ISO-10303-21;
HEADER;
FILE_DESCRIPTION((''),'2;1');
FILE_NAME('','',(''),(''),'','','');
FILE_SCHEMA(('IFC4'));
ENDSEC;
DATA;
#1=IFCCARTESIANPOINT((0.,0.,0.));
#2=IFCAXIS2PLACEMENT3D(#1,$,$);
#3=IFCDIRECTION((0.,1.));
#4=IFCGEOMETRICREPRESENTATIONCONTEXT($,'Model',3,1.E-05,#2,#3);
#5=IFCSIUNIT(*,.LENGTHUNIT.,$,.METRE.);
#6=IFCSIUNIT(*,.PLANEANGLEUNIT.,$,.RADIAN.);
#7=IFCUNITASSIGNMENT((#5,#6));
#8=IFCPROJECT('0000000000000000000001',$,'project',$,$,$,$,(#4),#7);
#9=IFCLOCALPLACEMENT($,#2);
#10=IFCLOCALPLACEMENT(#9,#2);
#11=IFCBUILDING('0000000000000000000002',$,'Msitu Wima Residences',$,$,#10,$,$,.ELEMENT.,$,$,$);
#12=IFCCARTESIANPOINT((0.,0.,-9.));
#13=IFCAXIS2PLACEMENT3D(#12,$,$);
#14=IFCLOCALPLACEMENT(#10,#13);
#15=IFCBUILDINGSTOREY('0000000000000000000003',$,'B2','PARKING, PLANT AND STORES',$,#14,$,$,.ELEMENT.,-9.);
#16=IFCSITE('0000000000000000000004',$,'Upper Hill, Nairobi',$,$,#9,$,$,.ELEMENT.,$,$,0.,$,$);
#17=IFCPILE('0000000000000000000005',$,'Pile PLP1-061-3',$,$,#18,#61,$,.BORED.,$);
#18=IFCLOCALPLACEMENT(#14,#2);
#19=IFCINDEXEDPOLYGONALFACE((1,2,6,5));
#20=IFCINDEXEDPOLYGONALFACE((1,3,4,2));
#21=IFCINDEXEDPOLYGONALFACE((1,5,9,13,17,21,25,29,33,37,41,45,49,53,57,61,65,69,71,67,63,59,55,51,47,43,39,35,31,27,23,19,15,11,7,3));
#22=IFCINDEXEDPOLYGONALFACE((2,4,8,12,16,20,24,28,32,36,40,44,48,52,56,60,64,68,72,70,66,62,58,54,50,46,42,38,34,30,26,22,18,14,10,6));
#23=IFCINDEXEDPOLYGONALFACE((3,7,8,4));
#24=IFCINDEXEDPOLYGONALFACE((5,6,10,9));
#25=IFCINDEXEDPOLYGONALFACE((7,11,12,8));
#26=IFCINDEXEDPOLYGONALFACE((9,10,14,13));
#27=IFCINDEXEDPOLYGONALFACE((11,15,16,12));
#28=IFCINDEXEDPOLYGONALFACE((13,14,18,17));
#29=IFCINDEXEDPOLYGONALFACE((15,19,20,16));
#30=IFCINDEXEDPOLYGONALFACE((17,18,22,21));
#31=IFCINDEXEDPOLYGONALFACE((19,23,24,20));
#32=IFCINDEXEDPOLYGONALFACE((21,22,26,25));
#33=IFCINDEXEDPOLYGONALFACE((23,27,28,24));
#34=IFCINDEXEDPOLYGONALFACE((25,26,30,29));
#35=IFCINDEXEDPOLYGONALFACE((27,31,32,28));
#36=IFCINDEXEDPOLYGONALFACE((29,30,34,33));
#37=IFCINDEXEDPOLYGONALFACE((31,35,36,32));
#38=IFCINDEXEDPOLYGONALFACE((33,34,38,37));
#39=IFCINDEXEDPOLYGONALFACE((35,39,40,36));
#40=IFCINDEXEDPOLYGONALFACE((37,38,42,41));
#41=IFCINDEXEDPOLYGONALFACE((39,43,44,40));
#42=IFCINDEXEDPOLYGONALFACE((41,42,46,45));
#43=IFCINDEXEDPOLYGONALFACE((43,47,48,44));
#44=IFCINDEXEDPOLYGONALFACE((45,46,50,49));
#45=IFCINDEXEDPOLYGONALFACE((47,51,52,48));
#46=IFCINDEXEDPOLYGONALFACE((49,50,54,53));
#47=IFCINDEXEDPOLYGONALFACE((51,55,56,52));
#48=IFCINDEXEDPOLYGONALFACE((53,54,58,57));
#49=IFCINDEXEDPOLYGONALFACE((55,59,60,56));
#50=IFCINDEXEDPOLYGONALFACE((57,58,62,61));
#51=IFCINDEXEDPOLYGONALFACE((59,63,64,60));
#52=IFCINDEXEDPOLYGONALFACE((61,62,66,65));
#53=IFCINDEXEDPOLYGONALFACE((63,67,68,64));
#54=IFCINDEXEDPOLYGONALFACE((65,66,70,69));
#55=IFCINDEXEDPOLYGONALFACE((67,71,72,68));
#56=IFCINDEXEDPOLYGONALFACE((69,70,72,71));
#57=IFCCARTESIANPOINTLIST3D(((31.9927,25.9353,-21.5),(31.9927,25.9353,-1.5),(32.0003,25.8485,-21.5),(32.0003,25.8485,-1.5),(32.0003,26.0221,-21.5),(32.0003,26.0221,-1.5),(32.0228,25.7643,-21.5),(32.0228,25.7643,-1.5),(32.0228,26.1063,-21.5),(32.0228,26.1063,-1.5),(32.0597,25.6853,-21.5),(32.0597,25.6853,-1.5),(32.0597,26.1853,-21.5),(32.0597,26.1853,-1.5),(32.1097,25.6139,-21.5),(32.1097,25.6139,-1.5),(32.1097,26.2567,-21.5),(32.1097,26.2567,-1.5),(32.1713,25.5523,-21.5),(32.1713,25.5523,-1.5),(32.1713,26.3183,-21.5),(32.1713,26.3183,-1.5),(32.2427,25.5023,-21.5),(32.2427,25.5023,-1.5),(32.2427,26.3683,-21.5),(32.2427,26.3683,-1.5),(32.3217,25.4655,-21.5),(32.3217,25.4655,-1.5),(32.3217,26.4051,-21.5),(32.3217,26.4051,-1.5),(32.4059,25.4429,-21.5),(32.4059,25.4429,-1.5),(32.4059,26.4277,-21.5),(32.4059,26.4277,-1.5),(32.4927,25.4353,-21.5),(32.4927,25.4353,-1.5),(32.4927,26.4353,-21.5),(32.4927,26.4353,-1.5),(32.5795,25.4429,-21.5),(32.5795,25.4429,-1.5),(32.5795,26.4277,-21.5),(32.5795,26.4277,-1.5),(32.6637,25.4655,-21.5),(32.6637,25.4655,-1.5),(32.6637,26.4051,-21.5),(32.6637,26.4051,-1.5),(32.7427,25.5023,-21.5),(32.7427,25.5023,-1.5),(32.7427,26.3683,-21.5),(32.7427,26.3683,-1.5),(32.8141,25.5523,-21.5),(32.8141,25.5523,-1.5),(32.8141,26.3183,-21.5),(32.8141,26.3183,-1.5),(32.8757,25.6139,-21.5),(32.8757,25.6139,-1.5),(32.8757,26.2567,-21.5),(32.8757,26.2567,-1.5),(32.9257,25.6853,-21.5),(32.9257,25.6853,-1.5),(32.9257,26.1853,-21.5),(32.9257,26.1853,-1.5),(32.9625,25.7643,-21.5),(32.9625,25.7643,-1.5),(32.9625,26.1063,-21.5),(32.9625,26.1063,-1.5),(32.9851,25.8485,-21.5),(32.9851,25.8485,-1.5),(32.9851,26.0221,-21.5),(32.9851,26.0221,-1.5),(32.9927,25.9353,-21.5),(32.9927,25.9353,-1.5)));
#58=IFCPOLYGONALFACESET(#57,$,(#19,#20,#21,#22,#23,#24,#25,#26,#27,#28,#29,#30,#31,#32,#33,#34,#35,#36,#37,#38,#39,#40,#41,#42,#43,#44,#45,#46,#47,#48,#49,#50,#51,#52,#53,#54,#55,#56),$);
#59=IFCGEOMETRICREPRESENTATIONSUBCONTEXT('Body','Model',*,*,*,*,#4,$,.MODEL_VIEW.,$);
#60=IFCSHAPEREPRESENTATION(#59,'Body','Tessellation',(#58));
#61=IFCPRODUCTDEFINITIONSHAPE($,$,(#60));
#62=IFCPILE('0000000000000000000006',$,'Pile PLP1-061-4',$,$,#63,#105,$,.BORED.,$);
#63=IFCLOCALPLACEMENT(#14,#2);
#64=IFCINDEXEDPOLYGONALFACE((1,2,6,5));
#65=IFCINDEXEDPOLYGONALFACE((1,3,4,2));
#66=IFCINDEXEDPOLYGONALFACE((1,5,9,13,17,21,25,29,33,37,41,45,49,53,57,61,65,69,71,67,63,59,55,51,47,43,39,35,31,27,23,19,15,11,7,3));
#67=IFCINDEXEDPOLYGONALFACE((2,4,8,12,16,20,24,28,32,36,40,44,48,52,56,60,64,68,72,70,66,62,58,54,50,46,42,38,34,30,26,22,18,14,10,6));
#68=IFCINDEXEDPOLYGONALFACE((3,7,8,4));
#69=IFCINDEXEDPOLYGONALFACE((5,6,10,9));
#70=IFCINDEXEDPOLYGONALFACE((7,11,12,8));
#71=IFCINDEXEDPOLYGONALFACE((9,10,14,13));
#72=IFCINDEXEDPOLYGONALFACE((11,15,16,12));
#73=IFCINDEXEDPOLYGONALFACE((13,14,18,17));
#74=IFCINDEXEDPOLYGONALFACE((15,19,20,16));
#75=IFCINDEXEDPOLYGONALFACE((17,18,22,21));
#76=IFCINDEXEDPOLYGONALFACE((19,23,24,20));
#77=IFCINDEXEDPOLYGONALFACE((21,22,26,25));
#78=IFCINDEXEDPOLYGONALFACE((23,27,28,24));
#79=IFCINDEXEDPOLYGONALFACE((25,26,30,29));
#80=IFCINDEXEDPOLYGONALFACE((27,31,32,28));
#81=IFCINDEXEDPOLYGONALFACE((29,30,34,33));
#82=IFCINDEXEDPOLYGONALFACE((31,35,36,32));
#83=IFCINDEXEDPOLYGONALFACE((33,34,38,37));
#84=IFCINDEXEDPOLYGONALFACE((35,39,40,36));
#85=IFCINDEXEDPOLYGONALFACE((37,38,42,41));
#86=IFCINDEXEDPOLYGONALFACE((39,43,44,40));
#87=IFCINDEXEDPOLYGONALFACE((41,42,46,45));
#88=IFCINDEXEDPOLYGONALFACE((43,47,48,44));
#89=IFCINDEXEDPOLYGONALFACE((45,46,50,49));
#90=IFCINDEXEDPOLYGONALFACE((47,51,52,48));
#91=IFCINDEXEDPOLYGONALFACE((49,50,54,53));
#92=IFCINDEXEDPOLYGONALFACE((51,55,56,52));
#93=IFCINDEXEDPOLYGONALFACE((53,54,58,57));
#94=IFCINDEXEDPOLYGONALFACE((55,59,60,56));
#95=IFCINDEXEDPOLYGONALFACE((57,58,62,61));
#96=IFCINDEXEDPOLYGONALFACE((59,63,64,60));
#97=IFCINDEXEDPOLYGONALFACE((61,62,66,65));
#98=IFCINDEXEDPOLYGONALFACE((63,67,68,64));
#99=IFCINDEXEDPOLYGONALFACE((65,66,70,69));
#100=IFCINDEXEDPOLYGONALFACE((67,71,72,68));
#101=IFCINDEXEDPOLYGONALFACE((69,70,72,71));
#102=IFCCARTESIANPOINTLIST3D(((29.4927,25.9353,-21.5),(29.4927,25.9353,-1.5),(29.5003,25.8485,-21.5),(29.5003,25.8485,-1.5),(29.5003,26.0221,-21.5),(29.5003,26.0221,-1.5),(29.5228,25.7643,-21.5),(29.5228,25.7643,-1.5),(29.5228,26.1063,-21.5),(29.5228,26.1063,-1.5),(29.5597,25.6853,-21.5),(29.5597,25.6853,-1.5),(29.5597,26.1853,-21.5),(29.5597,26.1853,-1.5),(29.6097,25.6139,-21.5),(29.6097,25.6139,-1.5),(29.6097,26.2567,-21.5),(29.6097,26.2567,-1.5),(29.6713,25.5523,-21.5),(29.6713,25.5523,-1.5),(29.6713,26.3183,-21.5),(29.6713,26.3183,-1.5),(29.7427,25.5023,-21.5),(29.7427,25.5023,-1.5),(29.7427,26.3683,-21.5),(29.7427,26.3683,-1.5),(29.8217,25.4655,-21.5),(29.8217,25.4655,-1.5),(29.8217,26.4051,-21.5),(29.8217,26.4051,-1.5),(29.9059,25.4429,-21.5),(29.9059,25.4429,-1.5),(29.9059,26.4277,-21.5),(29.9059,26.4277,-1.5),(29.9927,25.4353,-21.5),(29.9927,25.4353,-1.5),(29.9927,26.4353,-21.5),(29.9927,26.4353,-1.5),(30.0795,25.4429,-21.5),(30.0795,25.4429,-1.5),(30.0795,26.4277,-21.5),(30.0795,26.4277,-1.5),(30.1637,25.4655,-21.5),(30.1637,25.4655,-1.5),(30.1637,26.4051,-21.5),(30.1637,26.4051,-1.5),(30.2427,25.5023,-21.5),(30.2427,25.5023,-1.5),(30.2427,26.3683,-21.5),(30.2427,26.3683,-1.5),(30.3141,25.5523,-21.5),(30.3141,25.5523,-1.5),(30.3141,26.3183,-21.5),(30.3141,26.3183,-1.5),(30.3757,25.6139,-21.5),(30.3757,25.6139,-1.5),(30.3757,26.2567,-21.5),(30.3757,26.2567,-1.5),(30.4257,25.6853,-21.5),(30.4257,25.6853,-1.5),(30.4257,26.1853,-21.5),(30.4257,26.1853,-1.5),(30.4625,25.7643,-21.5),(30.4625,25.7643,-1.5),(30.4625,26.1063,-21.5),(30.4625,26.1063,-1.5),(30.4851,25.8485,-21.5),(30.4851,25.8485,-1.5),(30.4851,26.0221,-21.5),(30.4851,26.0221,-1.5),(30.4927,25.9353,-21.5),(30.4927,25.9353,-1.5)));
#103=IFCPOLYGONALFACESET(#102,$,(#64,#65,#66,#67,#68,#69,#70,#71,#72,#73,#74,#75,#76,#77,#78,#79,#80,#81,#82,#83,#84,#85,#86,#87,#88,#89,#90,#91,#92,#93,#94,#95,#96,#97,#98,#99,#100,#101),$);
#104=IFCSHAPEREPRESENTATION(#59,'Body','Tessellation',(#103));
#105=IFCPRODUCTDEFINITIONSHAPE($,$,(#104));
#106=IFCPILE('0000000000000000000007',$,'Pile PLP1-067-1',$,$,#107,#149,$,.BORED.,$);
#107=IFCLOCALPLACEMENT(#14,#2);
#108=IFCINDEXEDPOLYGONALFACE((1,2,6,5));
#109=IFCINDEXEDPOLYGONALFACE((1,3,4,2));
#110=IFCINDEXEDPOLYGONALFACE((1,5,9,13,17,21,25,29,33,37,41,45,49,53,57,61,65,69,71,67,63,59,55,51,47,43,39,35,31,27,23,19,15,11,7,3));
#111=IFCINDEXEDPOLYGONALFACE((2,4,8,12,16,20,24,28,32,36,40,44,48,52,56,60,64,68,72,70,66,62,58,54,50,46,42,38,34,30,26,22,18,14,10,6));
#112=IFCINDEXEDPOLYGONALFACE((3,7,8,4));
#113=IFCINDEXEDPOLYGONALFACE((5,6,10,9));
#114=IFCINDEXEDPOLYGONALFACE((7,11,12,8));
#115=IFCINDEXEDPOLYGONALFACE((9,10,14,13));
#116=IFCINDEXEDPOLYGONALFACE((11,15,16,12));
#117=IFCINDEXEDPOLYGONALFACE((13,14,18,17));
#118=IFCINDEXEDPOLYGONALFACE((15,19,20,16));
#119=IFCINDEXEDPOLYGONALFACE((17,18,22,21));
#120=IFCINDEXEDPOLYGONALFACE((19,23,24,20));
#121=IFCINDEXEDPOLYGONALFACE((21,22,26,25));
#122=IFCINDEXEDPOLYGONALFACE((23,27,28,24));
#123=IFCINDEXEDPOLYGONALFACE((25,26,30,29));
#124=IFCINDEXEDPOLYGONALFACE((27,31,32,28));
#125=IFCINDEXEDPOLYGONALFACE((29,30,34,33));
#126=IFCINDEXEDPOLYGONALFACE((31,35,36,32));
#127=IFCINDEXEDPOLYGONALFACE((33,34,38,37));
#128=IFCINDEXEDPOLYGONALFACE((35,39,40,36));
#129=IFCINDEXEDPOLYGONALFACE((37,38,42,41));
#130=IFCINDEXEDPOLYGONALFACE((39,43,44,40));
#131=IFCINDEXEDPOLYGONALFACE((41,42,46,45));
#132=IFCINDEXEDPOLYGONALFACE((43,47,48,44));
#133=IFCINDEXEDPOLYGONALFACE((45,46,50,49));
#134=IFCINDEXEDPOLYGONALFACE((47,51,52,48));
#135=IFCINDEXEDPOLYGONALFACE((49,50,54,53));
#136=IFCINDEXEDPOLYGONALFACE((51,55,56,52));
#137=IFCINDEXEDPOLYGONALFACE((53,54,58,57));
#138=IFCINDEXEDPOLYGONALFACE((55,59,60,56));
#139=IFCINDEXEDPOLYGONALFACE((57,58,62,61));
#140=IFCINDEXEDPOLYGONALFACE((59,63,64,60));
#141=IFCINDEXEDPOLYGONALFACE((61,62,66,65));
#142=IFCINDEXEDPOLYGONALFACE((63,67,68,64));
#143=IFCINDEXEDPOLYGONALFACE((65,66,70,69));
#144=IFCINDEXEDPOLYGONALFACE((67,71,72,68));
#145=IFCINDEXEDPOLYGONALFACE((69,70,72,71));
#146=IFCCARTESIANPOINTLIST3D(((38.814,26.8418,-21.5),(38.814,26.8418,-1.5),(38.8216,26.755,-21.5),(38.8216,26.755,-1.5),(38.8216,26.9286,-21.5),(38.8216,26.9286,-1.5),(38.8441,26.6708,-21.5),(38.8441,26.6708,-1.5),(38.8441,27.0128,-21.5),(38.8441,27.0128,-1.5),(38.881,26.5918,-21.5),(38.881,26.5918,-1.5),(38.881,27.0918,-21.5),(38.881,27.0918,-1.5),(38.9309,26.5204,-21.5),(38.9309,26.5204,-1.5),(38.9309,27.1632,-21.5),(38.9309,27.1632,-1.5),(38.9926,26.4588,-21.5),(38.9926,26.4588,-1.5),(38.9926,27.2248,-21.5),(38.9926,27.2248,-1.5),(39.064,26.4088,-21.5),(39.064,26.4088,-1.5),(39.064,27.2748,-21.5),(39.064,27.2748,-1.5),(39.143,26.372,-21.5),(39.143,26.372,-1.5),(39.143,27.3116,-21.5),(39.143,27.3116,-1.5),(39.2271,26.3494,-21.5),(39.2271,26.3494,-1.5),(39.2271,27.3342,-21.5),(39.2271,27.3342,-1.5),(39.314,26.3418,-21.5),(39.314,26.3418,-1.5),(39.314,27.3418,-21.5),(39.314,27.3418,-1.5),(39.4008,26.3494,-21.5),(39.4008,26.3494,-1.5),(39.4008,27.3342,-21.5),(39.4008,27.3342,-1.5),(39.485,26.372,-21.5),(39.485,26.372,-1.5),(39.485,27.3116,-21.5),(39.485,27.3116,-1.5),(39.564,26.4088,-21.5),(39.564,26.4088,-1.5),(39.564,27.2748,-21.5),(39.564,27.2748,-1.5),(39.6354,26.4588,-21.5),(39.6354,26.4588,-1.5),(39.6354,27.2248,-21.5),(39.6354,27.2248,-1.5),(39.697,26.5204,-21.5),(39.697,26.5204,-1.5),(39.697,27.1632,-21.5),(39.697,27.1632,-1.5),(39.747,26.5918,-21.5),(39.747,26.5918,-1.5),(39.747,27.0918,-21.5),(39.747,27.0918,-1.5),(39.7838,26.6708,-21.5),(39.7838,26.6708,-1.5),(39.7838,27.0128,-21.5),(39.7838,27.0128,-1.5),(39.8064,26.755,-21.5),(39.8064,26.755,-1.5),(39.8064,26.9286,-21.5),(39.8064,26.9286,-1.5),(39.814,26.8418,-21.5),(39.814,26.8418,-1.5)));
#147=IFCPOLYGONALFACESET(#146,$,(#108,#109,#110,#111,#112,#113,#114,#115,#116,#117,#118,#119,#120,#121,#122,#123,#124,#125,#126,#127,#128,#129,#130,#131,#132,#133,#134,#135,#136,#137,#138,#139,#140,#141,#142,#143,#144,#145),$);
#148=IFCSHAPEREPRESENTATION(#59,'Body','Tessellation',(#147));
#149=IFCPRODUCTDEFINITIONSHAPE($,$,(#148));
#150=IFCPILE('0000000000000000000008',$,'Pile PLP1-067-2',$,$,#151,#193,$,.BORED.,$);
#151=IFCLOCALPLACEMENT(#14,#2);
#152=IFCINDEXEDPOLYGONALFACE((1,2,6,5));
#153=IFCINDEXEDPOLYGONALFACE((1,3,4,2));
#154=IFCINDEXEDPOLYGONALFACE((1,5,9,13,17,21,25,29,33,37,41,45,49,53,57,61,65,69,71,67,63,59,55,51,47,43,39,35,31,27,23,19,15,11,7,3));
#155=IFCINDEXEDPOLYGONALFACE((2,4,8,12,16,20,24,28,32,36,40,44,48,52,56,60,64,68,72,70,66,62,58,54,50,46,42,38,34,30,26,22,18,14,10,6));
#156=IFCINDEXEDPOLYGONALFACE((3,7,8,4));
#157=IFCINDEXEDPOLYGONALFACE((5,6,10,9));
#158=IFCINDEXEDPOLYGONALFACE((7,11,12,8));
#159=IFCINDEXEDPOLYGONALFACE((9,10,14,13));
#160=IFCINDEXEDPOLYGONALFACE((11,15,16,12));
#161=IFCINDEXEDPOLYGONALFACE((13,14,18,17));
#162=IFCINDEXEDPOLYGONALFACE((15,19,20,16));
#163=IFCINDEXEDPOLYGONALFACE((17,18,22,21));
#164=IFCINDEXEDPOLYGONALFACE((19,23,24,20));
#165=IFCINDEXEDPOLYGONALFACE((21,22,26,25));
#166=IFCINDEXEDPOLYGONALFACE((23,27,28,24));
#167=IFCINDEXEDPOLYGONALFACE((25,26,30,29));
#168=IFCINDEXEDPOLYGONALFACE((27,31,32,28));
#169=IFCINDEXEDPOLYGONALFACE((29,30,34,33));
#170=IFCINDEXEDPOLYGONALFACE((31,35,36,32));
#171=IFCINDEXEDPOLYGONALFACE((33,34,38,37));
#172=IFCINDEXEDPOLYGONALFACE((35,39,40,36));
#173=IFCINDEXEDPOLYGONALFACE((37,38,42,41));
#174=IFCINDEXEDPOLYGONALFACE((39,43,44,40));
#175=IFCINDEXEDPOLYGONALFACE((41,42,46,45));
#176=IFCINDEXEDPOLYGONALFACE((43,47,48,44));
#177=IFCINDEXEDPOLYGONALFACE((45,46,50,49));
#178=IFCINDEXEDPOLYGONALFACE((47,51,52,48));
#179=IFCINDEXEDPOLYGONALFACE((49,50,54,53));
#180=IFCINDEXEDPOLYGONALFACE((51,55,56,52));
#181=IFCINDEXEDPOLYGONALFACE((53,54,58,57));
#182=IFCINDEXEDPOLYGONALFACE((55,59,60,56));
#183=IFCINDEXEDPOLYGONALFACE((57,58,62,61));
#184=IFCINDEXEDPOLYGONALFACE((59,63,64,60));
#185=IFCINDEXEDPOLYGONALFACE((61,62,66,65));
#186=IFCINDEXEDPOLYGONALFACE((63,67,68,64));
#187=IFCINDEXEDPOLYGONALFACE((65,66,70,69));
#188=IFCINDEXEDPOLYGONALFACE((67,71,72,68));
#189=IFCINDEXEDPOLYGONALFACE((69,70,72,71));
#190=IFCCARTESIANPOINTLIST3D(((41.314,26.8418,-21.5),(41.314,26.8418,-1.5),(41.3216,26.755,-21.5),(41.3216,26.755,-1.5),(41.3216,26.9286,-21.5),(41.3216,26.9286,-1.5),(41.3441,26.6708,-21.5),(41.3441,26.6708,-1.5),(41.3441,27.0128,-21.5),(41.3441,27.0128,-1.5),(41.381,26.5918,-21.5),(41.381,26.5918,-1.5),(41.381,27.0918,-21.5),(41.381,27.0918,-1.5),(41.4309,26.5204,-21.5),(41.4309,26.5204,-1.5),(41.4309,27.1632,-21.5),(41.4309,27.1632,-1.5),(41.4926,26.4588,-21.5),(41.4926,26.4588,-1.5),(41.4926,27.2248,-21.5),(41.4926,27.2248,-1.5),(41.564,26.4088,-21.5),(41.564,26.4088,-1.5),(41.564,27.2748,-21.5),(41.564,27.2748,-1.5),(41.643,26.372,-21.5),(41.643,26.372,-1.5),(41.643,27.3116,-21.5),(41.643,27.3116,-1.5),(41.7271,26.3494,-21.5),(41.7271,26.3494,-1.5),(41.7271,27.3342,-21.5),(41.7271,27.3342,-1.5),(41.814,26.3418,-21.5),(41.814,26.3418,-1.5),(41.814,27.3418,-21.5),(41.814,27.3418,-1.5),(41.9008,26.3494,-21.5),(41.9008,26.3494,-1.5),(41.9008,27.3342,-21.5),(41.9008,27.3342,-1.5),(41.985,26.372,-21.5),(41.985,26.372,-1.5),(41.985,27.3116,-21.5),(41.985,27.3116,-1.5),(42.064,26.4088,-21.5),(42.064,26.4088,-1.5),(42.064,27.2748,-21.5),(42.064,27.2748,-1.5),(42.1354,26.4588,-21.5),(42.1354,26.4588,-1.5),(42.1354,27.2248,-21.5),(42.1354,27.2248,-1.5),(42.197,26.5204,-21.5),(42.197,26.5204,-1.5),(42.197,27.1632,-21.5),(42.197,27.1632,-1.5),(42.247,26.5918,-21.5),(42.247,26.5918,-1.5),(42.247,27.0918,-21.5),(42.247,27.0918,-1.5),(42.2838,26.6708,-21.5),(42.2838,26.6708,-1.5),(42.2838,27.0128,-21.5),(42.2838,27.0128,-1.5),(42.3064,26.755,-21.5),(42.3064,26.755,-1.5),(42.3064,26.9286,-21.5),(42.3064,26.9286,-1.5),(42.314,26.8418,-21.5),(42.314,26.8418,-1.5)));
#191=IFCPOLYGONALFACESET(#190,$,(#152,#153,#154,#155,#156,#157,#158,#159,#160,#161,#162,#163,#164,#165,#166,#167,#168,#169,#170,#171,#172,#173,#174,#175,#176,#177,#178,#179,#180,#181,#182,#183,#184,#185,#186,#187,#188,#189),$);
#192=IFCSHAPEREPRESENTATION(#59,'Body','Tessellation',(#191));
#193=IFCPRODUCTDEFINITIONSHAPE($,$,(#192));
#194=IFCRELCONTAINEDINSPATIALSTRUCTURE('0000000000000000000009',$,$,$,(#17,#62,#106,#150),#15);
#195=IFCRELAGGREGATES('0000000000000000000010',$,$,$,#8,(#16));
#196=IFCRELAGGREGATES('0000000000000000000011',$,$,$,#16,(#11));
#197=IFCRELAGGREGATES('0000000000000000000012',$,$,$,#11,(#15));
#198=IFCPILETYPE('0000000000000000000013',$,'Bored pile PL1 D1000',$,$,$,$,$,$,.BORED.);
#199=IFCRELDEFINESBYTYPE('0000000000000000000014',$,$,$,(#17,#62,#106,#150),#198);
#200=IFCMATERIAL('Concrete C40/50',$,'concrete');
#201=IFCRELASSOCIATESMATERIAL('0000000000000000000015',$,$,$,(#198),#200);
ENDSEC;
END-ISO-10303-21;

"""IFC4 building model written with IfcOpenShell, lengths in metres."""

from ifc_helpers import new_model, si_unit, direction, frame, origin, origin_2d, place, context, subcontext, project, spatial, circle, extrude, material, type_object, element, save


model = new_model("IFC4")

# Units and contexts
model_context = context("Model", 3, precision=1e-05, world=origin(), true_north=direction((0.0, 1.0)))
body_context = subcontext(model_context, "Body", "Model", "MODEL_VIEW")
ifc_project = project(units=[si_unit("LENGTHUNIT", "METRE"), si_unit("PLANEANGLEUNIT", "RADIAN")], contexts=[model_context])

# Site, building, storey
site_placement = place(None, origin())
site = spatial("IfcSite", under=ifc_project, at=site_placement, Name="Upper Hill, Nairobi", CompositionType="ELEMENT", RefElevation=0.0)
building_placement = place(site_placement, origin())
building = spatial("IfcBuilding", under=site, at=building_placement, Name="Msitu Wima Residences", CompositionType="ELEMENT")
storey_placement = place(building_placement, frame((0.0, 0.0, -9.0)))
storey = spatial("IfcBuildingStorey", under=building, at=storey_placement, Name="B2", Description="PARKING, PLANT AND STORES", CompositionType="ELEMENT", Elevation=-9.0)

# Piles
ifc_material_1 = material(Name="Concrete C40/50", Category="concrete")
pile_type = type_object("IfcPileType", Name="Bored pile PL1 D1000", PredefinedType="BORED", material=ifc_material_1)
for number, where, z_axis, x_axis, name in (
    (1, (32.4927, 25.9353, -1.5), (0.0, 0.0, -1.0), (1.0, 0.0, 0.0), "Pile PLP1-061-3"),
    (2, (29.9927, 25.9353, -1.5), (0.0, 0.0, -1.0), (1.0, 0.0, 0.0), "Pile PLP1-061-4"),
    (3, (39.314, 26.8418, -1.5), (0.0, 0.0, -1.0), (1.0, 0.0, 0.0), "Pile PLP1-067-1"),
    (4, (41.814, 26.8418, -1.5), (0.0, 0.0, -1.0), (1.0, 0.0, 0.0), "Pile PLP1-067-2"),
):
    element("IfcPile", number, at=place(storey_placement, frame(where, z_axis=z_axis, x_axis=x_axis)), inside=storey, type_object=pile_type, Name=name, PredefinedType="BORED", context=body_context, shape_type="SweptSolid", body=[
        extrude(circle(Radius=0.5, at=origin_2d()), origin(), (0.0, 0.0, 1.0), 20.0),
    ])

save(model, "model.ifc")
